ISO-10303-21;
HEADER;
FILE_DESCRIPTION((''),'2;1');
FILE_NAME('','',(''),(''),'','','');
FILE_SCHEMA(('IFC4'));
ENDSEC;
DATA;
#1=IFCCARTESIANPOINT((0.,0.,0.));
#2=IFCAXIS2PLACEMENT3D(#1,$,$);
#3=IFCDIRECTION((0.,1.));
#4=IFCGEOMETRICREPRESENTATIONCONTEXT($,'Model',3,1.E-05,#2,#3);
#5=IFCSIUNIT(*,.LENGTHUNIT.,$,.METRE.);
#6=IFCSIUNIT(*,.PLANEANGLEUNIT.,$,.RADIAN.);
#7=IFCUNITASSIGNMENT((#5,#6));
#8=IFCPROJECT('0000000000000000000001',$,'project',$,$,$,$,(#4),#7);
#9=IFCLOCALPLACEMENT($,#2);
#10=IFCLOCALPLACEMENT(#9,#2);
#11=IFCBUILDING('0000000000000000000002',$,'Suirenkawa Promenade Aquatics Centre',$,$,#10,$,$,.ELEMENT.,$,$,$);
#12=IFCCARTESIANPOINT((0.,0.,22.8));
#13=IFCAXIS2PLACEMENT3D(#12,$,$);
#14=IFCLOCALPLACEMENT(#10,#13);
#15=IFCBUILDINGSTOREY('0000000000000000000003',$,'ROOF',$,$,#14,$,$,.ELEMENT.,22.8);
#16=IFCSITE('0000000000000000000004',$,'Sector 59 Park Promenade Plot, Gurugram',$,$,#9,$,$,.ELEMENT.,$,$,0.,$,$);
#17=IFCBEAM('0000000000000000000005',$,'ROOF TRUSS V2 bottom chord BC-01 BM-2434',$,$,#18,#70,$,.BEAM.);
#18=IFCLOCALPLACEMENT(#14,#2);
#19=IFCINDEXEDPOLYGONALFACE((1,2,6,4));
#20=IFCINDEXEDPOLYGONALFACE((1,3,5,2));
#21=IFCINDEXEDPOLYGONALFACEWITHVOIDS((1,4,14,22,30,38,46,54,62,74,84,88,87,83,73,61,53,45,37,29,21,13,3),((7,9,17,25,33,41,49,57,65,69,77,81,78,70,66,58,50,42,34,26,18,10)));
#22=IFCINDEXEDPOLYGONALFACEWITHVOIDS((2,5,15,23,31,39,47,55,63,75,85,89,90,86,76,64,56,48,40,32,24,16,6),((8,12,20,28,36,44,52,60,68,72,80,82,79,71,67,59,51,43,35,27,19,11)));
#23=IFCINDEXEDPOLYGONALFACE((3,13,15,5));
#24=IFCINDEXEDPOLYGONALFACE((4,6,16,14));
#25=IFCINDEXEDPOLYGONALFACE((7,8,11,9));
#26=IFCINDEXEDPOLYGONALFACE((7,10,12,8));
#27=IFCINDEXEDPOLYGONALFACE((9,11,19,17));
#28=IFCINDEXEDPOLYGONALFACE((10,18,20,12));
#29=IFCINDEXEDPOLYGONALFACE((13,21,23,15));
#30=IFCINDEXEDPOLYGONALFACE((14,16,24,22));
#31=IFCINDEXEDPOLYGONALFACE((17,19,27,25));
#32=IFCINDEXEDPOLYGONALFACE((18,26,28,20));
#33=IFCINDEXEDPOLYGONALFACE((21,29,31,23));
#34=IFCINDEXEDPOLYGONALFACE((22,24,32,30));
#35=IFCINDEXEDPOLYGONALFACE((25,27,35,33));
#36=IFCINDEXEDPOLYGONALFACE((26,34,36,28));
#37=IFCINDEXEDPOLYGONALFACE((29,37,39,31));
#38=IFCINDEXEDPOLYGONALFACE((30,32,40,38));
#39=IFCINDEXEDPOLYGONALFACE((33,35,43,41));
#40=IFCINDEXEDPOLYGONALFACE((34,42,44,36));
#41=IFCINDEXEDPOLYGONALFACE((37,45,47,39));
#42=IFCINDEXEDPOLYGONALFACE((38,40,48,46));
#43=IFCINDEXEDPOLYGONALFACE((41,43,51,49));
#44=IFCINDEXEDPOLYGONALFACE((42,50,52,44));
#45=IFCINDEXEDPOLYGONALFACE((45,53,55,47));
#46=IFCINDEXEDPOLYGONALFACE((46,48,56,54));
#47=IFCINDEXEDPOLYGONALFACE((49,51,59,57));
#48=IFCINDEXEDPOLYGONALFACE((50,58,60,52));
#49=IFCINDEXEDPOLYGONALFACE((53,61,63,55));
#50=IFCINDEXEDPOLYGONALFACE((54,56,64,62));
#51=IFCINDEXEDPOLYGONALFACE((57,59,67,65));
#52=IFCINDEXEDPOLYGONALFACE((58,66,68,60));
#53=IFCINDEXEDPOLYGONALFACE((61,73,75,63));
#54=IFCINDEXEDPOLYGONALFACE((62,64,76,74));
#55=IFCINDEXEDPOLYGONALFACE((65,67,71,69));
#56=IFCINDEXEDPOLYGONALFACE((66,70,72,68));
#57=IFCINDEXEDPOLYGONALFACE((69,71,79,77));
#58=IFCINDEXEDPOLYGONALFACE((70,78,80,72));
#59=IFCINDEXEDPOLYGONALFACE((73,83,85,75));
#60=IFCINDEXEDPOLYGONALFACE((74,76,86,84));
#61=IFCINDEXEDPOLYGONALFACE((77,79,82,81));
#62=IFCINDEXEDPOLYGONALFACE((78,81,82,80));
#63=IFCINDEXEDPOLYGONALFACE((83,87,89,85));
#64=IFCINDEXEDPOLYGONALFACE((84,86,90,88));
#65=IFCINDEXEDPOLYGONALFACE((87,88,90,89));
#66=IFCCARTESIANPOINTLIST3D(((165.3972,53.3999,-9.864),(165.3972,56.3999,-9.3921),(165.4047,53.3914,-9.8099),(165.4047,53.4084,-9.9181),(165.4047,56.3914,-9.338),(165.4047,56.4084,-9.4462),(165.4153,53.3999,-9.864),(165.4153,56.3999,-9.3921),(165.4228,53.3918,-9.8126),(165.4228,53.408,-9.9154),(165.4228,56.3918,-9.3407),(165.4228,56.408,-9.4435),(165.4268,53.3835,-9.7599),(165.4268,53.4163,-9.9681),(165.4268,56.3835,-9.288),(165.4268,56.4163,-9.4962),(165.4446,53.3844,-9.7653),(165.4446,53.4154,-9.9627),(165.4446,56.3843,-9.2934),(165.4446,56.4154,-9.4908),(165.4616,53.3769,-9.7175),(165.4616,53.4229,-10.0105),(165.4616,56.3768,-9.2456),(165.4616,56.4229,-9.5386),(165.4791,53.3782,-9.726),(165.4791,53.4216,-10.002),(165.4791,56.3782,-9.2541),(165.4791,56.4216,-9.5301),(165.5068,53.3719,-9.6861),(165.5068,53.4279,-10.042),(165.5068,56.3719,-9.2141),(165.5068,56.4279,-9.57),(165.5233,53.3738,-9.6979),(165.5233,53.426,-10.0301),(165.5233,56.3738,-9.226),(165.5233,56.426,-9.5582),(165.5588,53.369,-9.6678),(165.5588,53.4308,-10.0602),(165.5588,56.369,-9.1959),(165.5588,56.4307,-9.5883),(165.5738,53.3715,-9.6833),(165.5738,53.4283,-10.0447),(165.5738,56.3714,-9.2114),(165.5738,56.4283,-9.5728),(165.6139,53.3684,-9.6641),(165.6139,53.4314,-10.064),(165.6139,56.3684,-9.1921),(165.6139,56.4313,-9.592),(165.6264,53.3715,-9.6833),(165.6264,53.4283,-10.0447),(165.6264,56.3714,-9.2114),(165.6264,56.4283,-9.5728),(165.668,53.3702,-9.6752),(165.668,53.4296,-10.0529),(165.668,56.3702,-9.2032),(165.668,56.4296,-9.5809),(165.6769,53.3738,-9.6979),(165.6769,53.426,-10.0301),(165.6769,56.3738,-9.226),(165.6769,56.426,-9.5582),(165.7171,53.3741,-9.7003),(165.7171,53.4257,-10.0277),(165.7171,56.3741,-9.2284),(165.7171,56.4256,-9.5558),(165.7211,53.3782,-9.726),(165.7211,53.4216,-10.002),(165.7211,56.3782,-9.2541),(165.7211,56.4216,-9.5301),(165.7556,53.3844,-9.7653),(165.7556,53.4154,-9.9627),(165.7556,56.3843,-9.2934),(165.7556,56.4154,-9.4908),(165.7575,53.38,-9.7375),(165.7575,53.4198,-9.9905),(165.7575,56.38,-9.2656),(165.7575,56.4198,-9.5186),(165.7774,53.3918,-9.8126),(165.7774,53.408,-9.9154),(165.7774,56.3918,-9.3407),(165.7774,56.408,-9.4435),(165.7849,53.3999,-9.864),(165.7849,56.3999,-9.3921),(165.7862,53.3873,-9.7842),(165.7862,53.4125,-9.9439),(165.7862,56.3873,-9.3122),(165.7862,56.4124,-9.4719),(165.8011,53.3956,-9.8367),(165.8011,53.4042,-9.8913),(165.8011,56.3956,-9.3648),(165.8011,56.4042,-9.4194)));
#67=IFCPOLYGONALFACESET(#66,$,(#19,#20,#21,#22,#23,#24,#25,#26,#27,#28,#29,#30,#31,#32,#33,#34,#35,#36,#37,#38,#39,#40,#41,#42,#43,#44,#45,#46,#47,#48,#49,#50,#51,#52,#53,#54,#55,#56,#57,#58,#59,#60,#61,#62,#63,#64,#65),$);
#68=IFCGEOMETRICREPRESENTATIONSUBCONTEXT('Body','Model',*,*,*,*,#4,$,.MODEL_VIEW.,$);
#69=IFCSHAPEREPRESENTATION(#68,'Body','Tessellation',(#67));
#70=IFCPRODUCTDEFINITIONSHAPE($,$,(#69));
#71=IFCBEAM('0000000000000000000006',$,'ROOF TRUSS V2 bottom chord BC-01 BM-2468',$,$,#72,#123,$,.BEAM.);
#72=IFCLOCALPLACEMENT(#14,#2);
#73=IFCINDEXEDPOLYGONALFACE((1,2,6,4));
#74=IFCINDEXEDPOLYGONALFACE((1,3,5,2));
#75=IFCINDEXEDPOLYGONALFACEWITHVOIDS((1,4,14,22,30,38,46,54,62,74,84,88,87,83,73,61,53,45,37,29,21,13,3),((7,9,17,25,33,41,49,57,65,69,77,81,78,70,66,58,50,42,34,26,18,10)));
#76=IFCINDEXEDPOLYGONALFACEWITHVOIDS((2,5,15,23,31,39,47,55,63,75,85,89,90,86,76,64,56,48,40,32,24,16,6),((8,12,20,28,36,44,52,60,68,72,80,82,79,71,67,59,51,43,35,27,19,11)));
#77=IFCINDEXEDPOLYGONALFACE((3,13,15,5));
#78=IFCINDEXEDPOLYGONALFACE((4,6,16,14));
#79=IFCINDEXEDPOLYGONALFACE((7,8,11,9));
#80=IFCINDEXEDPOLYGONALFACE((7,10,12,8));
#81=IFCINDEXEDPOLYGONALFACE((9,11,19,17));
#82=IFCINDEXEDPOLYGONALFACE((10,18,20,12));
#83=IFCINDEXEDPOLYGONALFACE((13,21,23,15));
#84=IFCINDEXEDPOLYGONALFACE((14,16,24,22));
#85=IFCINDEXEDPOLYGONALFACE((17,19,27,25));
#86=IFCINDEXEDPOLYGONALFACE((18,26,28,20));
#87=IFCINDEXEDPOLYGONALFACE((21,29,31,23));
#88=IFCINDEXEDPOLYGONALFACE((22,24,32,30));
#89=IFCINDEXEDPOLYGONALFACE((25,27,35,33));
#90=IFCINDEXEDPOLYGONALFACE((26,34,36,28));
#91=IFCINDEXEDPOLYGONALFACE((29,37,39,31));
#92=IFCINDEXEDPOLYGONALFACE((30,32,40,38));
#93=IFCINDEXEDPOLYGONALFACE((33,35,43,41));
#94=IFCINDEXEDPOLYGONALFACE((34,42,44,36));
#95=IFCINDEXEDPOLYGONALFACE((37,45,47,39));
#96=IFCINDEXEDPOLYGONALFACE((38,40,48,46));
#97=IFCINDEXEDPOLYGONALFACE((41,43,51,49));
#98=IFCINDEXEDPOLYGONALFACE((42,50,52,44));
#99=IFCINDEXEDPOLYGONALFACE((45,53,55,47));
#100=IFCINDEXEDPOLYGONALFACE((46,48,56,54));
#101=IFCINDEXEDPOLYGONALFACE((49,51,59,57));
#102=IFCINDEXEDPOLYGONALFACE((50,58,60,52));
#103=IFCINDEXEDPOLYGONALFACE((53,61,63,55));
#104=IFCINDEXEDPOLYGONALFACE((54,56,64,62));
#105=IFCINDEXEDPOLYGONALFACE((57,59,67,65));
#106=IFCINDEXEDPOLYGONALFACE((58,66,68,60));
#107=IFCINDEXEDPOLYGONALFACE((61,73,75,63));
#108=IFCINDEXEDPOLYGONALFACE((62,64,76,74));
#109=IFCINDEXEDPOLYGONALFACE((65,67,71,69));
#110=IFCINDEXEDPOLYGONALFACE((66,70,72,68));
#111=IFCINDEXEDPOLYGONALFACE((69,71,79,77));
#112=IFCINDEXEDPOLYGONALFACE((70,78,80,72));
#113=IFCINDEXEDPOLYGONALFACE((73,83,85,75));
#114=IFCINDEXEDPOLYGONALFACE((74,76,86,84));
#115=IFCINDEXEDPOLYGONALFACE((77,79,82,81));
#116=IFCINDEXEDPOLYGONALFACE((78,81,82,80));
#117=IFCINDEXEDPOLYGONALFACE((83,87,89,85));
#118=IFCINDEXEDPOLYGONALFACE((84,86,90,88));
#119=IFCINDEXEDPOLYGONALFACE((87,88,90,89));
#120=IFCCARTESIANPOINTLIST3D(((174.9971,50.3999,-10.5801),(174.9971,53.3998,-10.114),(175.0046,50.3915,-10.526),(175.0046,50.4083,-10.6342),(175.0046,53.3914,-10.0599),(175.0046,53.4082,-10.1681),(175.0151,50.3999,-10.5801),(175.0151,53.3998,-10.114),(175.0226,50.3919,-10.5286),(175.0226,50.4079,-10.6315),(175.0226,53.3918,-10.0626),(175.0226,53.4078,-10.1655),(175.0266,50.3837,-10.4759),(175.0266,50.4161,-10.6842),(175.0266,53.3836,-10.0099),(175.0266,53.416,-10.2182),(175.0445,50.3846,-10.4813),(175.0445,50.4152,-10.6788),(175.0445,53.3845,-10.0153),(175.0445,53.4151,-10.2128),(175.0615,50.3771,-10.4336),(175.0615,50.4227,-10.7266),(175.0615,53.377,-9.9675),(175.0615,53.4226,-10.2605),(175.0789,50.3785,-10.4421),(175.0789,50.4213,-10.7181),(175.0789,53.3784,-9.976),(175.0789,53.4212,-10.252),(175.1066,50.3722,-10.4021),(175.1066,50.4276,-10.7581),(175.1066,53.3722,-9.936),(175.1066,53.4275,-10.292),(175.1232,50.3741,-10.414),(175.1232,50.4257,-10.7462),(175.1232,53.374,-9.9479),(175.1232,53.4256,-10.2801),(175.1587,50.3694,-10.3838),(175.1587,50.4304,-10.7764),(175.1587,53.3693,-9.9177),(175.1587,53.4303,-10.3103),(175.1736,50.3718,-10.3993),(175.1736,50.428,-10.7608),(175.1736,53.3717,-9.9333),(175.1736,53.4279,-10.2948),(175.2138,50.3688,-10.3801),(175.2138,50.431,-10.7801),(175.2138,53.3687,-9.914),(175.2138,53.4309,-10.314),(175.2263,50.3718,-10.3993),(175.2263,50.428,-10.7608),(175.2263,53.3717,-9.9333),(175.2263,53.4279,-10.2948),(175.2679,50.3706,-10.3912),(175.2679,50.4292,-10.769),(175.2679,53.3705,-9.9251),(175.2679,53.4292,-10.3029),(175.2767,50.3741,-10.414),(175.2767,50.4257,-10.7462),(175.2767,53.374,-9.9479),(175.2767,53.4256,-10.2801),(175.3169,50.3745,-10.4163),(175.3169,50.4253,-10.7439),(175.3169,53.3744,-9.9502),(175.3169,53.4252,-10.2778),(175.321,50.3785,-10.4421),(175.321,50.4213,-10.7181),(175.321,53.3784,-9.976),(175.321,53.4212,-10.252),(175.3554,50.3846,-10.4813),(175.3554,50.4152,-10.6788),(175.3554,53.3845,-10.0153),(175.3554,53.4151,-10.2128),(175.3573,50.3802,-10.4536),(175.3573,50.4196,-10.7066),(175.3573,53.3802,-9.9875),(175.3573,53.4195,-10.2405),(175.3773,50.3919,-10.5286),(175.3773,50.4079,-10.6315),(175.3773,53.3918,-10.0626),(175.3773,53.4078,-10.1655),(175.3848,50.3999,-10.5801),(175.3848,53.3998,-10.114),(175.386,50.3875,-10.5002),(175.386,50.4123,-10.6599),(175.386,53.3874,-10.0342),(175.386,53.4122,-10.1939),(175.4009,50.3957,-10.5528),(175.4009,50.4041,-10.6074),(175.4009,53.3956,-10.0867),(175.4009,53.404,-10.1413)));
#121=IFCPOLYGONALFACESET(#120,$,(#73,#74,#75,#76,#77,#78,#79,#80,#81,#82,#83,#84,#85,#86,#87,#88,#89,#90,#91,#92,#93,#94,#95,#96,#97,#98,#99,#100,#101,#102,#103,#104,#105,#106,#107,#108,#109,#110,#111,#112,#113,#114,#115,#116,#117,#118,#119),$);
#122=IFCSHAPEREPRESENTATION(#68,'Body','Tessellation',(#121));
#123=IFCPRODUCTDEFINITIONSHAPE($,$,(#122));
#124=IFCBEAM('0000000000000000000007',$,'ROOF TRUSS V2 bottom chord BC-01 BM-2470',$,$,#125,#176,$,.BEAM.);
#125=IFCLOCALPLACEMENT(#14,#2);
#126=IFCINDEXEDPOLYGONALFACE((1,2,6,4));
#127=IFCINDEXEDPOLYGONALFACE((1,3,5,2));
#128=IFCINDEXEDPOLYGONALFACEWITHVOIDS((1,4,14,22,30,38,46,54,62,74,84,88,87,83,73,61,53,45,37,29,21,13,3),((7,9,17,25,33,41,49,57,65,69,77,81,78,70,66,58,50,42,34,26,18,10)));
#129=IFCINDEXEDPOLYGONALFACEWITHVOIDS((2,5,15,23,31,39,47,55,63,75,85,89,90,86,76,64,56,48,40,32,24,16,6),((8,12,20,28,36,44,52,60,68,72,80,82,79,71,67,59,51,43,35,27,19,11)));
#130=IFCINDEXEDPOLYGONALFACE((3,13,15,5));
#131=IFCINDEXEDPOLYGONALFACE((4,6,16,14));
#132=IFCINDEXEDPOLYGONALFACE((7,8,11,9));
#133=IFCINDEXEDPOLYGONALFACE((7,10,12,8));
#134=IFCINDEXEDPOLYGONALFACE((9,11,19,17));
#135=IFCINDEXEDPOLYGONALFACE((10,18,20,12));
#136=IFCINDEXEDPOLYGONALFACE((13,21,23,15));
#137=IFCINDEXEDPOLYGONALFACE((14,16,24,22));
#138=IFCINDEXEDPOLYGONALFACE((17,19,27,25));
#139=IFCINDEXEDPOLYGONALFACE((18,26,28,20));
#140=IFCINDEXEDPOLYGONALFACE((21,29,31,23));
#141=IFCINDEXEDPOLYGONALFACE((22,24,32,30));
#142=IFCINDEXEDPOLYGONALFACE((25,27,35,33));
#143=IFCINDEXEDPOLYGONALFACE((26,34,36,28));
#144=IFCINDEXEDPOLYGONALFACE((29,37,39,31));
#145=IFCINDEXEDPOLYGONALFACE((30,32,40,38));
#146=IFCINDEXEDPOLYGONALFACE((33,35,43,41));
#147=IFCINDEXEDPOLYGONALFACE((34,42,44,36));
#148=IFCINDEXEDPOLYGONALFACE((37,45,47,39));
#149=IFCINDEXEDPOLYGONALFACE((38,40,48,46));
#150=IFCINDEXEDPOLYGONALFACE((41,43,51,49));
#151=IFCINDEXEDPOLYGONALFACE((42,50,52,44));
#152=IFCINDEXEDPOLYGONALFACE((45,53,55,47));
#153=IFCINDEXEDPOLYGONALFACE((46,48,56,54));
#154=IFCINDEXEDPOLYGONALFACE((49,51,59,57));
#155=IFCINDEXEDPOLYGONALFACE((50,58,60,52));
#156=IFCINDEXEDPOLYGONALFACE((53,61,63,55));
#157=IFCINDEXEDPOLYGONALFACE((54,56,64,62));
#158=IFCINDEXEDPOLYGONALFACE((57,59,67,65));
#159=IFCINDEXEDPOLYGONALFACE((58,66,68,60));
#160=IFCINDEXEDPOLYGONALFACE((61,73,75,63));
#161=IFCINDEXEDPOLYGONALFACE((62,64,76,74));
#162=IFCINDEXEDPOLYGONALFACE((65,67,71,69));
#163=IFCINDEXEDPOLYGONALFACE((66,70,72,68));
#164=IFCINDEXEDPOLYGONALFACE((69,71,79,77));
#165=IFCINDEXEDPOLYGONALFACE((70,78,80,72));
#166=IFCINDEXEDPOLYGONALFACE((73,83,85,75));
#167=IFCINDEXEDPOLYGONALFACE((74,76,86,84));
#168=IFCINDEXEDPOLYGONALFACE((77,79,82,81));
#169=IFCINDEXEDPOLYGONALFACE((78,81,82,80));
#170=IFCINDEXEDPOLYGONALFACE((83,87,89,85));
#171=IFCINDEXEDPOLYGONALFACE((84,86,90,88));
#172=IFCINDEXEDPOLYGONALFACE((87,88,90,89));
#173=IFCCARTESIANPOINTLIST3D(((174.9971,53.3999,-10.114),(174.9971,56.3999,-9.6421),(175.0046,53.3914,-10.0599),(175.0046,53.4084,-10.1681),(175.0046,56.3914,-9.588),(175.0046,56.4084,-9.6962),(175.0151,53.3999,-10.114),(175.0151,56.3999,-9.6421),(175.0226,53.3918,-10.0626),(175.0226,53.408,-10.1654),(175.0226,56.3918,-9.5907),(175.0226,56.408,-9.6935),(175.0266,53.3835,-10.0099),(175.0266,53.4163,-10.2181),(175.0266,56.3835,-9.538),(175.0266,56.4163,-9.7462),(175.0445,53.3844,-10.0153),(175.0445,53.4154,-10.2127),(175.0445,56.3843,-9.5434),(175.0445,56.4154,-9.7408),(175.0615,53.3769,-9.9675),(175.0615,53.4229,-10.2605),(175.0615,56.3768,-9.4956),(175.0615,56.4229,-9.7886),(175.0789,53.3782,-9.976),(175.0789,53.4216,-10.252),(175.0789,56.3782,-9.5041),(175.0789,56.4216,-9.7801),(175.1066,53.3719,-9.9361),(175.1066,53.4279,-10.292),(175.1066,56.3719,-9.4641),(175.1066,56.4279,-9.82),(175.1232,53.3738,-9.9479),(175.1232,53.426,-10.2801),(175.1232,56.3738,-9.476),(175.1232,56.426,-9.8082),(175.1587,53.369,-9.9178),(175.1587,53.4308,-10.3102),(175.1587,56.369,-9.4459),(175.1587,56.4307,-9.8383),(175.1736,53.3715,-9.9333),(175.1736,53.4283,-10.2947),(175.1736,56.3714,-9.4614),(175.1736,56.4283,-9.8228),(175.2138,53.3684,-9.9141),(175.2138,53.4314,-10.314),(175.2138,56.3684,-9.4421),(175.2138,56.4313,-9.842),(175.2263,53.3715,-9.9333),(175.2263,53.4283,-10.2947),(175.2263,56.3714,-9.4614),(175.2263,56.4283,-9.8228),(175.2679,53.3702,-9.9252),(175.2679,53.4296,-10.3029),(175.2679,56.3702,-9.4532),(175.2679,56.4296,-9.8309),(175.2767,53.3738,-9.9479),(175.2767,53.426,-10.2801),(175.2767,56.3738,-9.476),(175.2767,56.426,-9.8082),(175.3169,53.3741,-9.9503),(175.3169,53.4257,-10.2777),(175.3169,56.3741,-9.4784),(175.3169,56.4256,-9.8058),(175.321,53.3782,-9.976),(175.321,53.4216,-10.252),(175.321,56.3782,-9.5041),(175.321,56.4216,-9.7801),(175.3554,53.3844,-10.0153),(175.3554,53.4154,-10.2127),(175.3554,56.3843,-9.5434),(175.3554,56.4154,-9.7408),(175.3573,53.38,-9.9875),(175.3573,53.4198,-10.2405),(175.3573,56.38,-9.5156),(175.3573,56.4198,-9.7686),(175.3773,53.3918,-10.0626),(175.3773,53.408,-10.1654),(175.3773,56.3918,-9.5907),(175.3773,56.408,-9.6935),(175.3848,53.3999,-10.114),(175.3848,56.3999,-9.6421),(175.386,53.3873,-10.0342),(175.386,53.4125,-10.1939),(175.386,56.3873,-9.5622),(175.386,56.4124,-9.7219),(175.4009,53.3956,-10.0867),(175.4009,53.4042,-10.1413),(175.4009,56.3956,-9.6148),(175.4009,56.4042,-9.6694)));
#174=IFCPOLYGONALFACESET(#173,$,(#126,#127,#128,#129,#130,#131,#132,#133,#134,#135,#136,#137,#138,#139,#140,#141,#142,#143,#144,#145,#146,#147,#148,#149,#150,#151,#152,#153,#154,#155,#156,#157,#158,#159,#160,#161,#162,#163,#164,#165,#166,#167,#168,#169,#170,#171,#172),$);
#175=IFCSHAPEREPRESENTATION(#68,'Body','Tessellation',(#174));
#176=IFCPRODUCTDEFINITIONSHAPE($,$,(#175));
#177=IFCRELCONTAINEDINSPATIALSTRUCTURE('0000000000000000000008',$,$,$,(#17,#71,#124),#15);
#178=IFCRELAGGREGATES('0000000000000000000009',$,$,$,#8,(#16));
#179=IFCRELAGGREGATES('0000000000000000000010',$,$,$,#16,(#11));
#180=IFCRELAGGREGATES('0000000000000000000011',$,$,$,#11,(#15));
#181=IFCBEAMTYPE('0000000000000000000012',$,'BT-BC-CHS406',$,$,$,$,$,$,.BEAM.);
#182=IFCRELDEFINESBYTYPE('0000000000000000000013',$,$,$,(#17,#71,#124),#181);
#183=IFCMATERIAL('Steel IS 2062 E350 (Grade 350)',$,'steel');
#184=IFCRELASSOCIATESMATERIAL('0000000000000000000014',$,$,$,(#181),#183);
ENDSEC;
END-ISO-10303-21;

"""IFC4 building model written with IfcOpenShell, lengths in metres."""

from ifc_helpers import new_model, si_unit, direction, frame, origin, origin_2d, place, context, subcontext, project, spatial, hollow_circle, extrude, material, material_profile, profile_set, type_object, element, save


model = new_model("IFC4")

# Units and contexts
model_context = context("Model", 3, precision=1e-05, world=origin(), true_north=direction((0.0, 1.0)))
body_context = subcontext(model_context, "Body", "Model", "MODEL_VIEW")
ifc_project = project(units=[si_unit("LENGTHUNIT", "METRE"), si_unit("PLANEANGLEUNIT", "RADIAN")], contexts=[model_context])

# Site, building, storey
site_placement = place(None, origin())
site = spatial("IfcSite", under=ifc_project, at=site_placement, Name="Sector 59 Park Promenade Plot, Gurugram", CompositionType="ELEMENT", RefElevation=0.0)
building_placement = place(site_placement, origin())
building = spatial("IfcBuilding", under=site, at=building_placement, Name="Suirenkawa Promenade Aquatics Centre", CompositionType="ELEMENT")
storey_placement = place(building_placement, frame((0.0, 0.0, 22.8)))
storey = spatial("IfcBuildingStorey", under=building, at=storey_placement, Name="ROOF", CompositionType="ELEMENT", Elevation=22.8)

# Beams
ifc_material_1 = material(Name="Steel IS 2062 E350 (Grade 350)", Category="steel")
ifc_material_profile_1 = material_profile(ifc_material_1, hollow_circle(Radius=0.2029, WallThickness=0.0181, at=origin_2d()), Name="CHS 406x18", Category="steel")
ifc_profile_set_1 = profile_set([ifc_material_profile_1], Name="Steel IS 2062 E350 (Grade 350)")
beam_type_1 = type_object("IfcBeamType", Name="BT-BC-CHS406", PredefinedType="BEAM", material=ifc_profile_set_1)
beam_1_placement = place(storey_placement, frame((165.6001, 53.3999, -9.864), z_axis=(0.0, 0.987852, 0.155397), x_axis=(-1.0, 0.0, 0.0)))
element("IfcBeam", 1, at=beam_1_placement, inside=storey, type_object=beam_type_1, Name="ROOF TRUSS V2 bottom chord BC-01 BM-2434", PredefinedType="BEAM", context=body_context, shape_type="SweptSolid", body=[
    extrude(hollow_circle(Radius=0.2029, WallThickness=0.0181, at=origin_2d()), origin(), (0.0, 0.0, 1.0), 3.0369),
])
beam_2_placement = place(storey_placement, frame((175.2, 50.3999, -10.5801), z_axis=(0.0, 0.988147, 0.153513), x_axis=(-1.0, 0.0, 0.0)))
element("IfcBeam", 2, at=beam_2_placement, inside=storey, type_object=beam_type_1, Name="ROOF TRUSS V2 bottom chord BC-01 BM-2468", PredefinedType="BEAM", context=body_context, shape_type="SweptSolid", body=[
    extrude(hollow_circle(Radius=0.2029, WallThickness=0.0181, at=origin_2d()), origin(), (0.0, 0.0, 1.0), 3.0359),
])
beam_3_placement = place(storey_placement, frame((175.2, 53.3999, -10.114), z_axis=(0.0, 0.987852, 0.155397), x_axis=(-1.0, 0.0, 0.0)))
element("IfcBeam", 3, at=beam_3_placement, inside=storey, type_object=beam_type_1, Name="ROOF TRUSS V2 bottom chord BC-01 BM-2470", PredefinedType="BEAM", context=body_context, shape_type="SweptSolid", body=[
    extrude(hollow_circle(Radius=0.2029, WallThickness=0.0181, at=origin_2d()), origin(), (0.0, 0.0, 1.0), 3.0369),
])

save(model, "model.ifc")
